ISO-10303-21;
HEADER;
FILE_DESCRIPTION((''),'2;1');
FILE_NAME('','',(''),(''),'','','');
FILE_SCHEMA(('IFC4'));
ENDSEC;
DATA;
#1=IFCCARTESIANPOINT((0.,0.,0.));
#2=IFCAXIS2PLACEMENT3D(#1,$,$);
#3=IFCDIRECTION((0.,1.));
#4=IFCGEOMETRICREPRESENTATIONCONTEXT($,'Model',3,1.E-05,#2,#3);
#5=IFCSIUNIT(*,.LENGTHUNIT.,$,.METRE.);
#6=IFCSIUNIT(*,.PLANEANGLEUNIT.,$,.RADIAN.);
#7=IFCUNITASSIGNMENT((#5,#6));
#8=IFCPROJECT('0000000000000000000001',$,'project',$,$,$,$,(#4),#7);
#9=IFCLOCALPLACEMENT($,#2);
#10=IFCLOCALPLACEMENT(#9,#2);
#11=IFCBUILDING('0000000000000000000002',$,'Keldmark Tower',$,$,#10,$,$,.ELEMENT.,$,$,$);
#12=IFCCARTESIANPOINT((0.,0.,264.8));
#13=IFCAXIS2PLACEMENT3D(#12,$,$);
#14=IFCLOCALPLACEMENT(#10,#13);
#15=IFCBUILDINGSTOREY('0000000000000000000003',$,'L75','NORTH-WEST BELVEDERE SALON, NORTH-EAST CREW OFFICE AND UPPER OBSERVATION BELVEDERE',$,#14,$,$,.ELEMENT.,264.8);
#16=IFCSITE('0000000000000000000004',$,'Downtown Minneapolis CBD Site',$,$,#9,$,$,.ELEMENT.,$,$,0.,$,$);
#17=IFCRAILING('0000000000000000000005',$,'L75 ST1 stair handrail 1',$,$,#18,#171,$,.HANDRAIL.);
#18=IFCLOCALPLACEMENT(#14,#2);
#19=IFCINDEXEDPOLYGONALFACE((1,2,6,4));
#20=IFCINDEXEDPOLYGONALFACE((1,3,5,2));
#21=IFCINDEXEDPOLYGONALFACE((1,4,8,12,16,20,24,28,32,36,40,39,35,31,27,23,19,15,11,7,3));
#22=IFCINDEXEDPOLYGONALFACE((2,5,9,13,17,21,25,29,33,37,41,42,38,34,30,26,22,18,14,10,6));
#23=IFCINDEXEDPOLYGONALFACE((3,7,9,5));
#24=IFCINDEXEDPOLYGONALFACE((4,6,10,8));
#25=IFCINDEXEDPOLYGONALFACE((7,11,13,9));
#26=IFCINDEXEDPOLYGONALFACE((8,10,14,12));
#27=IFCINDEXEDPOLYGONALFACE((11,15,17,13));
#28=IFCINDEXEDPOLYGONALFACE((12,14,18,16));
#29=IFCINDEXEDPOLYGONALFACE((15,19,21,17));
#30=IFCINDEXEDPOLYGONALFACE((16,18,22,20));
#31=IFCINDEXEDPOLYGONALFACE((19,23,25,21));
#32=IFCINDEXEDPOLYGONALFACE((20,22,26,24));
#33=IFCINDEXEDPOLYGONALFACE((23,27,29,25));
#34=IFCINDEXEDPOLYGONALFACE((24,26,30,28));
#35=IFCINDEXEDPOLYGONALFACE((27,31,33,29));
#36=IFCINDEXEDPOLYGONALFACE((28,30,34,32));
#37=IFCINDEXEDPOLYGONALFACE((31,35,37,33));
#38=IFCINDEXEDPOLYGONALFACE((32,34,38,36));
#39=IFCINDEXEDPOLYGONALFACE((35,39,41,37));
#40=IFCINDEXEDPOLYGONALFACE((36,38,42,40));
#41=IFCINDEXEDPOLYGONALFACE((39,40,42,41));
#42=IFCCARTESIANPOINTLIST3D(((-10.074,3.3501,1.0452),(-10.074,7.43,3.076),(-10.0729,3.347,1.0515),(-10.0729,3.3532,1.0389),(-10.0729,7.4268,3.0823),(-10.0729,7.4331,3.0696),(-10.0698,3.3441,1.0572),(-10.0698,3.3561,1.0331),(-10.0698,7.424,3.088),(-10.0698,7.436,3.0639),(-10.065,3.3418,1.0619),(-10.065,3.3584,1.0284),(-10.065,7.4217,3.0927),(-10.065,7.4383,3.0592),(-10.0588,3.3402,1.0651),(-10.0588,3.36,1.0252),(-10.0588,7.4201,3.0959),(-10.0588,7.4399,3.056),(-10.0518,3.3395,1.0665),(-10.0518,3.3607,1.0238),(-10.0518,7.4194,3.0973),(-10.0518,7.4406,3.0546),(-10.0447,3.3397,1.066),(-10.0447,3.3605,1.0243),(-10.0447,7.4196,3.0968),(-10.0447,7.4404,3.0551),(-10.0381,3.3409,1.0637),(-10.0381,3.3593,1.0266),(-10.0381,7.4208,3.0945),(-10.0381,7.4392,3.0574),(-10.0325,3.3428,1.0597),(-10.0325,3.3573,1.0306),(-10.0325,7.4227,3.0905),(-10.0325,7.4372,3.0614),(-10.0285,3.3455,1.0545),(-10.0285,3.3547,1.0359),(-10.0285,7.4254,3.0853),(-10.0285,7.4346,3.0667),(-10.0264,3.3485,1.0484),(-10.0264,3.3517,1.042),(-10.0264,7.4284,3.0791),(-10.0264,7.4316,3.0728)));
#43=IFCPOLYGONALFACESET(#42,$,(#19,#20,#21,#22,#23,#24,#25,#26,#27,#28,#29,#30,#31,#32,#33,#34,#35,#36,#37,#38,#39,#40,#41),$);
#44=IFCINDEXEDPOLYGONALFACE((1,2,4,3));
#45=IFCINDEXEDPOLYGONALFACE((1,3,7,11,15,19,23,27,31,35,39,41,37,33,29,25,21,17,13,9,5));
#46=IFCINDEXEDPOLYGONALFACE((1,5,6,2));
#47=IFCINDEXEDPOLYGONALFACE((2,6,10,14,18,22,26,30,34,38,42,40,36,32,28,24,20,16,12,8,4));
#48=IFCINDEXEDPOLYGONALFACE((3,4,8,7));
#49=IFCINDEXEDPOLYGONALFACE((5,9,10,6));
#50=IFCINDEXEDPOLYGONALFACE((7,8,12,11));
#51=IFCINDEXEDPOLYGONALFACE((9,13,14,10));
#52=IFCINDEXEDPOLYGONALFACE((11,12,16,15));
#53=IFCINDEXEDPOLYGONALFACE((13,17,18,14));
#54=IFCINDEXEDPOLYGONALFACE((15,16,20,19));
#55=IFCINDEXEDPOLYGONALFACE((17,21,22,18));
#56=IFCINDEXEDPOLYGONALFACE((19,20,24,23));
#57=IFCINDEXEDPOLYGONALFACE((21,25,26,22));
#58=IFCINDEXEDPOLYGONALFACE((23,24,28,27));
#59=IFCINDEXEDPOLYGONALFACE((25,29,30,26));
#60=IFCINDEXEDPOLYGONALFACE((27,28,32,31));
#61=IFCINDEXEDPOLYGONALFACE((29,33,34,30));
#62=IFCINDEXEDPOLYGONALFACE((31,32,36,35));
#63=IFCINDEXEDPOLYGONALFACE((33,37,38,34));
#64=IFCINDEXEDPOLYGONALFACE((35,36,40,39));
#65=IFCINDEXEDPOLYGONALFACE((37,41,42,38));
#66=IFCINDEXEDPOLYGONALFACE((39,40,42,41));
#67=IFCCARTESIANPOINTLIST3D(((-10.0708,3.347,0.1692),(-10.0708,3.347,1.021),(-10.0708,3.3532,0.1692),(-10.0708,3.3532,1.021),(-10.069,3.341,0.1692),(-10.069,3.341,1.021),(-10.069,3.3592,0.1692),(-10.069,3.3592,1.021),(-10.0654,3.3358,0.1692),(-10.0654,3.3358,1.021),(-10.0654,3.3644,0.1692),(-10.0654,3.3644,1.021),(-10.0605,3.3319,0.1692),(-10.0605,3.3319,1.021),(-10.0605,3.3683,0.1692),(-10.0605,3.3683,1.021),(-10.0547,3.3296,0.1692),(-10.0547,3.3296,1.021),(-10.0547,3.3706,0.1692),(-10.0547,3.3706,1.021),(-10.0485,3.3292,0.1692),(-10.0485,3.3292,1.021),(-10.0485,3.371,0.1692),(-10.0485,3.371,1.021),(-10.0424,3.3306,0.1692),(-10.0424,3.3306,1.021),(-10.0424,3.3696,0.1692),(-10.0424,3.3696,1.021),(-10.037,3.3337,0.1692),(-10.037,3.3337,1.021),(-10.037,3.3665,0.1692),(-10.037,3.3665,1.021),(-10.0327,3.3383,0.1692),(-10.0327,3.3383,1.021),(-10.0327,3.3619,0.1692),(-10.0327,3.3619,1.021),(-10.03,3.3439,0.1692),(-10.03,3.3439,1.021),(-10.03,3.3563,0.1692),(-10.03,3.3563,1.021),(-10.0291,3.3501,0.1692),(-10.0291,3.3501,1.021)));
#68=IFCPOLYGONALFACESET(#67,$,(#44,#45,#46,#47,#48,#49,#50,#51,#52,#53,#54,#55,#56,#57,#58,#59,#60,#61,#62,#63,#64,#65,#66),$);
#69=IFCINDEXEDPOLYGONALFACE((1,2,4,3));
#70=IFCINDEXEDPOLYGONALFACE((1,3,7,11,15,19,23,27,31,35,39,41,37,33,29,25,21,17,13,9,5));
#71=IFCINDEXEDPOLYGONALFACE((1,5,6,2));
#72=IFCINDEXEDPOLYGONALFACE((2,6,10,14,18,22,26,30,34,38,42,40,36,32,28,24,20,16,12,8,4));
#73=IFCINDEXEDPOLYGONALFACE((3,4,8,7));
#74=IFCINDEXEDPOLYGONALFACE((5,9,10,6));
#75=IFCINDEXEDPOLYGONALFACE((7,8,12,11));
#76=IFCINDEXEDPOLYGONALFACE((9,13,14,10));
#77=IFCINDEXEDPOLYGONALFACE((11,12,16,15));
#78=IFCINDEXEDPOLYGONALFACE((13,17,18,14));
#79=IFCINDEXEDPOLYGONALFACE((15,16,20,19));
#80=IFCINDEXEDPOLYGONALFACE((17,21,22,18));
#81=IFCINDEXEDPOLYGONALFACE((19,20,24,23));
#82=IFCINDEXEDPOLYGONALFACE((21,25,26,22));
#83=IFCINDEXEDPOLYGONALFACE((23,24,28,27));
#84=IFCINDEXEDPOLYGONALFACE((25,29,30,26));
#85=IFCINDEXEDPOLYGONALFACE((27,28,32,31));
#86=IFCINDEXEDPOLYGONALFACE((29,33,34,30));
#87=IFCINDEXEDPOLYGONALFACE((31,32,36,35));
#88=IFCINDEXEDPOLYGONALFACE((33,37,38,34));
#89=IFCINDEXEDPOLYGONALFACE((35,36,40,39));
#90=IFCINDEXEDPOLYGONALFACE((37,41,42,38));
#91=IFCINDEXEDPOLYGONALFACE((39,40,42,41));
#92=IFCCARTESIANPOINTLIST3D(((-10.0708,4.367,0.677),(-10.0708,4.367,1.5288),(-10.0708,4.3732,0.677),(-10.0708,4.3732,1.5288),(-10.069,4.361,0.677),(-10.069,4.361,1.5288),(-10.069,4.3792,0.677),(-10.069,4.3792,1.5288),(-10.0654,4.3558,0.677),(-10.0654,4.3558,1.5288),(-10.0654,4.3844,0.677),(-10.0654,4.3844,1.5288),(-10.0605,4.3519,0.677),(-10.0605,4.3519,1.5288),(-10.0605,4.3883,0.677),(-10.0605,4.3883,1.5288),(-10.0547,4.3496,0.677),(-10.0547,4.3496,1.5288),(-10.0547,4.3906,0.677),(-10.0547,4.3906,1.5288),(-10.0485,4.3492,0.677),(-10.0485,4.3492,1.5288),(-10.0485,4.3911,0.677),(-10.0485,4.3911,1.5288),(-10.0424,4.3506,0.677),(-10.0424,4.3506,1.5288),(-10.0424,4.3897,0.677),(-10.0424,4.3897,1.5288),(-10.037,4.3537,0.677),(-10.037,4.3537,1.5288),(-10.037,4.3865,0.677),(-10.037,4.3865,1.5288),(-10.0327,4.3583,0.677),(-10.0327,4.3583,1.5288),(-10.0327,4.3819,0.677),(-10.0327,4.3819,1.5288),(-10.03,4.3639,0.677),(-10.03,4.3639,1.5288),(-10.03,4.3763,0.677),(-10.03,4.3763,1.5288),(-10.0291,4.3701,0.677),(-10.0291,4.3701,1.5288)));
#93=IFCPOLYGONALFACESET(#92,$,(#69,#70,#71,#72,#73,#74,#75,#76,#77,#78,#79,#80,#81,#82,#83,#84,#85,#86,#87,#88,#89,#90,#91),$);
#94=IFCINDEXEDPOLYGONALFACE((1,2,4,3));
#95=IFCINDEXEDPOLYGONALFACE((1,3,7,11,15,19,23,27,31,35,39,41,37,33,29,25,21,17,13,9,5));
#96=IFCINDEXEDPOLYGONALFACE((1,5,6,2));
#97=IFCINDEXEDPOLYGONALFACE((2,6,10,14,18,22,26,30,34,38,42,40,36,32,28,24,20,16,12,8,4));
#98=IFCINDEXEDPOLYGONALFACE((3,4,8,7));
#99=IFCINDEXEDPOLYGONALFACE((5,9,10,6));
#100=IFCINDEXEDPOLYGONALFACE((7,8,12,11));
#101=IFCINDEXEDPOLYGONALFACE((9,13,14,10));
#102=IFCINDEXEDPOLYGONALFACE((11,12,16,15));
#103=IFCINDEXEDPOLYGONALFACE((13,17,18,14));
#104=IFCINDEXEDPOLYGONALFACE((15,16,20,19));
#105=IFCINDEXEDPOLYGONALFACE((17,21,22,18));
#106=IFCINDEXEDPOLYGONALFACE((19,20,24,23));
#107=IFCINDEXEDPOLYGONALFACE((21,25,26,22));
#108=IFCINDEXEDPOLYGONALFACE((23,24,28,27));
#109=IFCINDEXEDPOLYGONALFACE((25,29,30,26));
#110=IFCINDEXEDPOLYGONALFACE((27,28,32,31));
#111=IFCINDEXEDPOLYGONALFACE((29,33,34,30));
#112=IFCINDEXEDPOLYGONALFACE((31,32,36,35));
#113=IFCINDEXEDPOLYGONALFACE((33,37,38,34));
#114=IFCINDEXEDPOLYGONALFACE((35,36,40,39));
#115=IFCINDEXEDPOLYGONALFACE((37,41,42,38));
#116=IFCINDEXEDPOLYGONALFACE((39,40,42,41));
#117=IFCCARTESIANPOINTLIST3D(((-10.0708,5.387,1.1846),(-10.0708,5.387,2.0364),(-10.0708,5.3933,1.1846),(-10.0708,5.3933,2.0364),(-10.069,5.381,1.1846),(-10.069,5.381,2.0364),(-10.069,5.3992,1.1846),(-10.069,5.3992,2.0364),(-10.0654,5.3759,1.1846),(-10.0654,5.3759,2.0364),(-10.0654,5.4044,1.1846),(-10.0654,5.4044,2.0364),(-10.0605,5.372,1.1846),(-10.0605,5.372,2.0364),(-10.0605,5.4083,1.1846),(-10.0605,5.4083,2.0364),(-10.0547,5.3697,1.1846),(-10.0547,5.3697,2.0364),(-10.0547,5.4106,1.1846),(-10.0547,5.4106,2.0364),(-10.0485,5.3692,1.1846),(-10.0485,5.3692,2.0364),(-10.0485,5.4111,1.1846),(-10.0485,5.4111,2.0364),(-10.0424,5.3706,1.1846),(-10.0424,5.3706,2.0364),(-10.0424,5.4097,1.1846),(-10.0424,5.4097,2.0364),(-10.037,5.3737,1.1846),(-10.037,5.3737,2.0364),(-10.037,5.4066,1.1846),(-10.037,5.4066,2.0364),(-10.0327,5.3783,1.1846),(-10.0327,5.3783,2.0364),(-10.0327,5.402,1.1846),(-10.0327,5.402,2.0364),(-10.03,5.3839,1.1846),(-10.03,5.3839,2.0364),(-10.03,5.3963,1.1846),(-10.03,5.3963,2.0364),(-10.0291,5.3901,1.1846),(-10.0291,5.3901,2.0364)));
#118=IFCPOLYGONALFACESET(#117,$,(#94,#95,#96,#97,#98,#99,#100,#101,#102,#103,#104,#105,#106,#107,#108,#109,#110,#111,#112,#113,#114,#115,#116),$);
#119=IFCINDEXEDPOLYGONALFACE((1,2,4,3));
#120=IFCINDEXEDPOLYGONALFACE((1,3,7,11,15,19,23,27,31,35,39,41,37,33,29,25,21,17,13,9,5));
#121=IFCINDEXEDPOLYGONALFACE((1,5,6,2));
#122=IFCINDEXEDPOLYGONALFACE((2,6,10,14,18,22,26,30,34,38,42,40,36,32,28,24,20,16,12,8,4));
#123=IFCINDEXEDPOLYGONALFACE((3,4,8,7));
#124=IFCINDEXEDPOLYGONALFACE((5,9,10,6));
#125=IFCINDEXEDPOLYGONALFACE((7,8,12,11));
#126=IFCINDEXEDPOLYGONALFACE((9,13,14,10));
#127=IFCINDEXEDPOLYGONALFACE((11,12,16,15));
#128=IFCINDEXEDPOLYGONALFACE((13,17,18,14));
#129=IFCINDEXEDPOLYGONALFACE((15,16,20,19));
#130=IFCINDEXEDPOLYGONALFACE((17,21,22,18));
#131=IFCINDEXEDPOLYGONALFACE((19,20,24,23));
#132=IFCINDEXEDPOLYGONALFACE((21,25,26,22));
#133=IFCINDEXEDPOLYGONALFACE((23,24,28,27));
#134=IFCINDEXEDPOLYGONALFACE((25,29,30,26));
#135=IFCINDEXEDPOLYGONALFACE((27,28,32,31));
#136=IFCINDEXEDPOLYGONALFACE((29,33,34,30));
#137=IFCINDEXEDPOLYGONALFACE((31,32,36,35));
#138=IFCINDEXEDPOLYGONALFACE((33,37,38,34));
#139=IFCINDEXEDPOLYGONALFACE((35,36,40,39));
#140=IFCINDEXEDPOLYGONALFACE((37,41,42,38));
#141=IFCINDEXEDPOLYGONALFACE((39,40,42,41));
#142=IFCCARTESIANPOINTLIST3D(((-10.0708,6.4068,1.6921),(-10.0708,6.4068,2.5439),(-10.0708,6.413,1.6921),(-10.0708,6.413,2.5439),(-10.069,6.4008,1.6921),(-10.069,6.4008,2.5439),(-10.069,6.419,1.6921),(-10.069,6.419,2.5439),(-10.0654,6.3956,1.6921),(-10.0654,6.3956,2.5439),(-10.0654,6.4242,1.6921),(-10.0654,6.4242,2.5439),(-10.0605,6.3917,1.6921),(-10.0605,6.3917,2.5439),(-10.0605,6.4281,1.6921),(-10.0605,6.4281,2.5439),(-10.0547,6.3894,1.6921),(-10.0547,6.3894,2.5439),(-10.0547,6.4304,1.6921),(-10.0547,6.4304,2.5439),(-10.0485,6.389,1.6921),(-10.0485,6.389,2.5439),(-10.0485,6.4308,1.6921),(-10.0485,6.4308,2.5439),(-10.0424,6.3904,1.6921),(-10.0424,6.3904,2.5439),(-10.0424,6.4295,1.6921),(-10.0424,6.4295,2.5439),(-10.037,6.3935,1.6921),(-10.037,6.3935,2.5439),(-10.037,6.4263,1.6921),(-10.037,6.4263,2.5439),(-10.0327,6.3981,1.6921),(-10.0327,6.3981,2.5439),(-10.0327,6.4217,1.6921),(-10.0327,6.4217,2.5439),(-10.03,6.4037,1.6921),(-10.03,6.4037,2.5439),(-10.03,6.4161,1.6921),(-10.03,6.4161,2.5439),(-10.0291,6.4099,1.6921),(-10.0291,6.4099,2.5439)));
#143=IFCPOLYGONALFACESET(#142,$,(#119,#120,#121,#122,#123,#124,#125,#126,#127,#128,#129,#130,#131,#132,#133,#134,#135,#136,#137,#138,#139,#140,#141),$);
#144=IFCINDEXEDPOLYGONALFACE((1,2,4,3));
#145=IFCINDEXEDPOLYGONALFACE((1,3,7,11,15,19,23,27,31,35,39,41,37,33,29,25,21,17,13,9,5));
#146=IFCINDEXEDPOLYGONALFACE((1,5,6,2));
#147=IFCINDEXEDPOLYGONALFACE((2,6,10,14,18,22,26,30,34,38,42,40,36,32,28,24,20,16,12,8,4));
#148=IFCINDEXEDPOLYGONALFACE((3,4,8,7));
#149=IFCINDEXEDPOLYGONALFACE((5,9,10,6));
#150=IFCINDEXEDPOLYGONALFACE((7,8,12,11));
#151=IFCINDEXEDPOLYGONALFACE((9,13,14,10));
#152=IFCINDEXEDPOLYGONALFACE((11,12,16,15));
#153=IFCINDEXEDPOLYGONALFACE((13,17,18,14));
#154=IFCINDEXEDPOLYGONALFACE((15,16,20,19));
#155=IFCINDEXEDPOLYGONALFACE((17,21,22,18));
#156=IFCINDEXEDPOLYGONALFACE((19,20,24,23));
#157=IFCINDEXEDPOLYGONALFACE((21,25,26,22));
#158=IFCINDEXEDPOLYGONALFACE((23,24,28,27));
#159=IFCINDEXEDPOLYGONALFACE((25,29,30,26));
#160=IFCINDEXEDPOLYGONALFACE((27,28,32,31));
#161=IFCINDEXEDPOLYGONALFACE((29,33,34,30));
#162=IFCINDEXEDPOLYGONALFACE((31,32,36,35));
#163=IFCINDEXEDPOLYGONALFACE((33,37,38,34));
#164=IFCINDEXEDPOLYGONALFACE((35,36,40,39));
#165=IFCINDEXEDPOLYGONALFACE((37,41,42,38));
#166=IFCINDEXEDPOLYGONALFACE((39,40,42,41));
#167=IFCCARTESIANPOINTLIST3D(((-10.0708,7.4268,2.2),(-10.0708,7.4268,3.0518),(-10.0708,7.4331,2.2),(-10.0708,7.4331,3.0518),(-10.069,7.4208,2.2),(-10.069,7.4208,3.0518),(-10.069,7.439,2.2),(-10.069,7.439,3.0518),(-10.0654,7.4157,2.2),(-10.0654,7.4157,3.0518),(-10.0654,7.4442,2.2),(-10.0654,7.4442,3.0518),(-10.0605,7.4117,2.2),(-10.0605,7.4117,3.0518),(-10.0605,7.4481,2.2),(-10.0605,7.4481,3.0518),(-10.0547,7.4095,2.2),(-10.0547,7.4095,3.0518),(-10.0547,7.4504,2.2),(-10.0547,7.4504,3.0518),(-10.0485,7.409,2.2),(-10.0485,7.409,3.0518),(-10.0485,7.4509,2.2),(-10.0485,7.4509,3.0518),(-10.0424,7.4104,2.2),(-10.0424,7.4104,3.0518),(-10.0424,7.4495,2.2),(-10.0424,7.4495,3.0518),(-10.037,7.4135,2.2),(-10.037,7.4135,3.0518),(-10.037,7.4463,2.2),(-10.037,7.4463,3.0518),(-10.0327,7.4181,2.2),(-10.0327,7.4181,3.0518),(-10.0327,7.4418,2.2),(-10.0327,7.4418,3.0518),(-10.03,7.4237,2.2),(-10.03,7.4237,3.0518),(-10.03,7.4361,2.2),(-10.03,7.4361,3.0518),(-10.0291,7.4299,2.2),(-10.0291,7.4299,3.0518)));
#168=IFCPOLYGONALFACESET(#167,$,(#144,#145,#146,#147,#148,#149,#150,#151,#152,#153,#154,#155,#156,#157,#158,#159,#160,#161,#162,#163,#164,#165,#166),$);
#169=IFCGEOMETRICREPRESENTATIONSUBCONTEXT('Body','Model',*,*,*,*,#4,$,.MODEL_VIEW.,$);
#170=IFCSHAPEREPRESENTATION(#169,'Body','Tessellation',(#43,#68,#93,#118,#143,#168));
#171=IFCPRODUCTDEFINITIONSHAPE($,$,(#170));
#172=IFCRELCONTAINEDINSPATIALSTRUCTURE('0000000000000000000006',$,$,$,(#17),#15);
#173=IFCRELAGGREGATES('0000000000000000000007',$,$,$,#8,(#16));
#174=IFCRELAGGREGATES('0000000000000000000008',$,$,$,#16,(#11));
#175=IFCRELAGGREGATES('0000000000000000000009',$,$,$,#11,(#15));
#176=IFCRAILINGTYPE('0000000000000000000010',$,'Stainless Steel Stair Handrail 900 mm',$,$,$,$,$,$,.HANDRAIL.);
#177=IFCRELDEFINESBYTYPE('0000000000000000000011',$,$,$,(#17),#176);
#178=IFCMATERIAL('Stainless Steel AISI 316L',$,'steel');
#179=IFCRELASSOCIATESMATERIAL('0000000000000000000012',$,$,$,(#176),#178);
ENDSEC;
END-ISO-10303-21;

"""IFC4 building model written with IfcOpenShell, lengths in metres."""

from ifc_helpers import new_model, si_unit, direction, frame, origin, origin_2d, place, context, subcontext, project, spatial, circle, extrude, material, type_object, element, save


model = new_model("IFC4")

# Units and contexts
model_context = context("Model", 3, precision=1e-05, world=origin(), true_north=direction((0.0, 1.0)))
body_context = subcontext(model_context, "Body", "Model", "MODEL_VIEW")
ifc_project = project(units=[si_unit("LENGTHUNIT", "METRE"), si_unit("PLANEANGLEUNIT", "RADIAN")], contexts=[model_context])

# Site, building, storey
site_placement = place(None, origin())
site = spatial("IfcSite", under=ifc_project, at=site_placement, Name="Downtown Minneapolis CBD Site", CompositionType="ELEMENT", RefElevation=0.0)
building_placement = place(site_placement, origin())
building = spatial("IfcBuilding", under=site, at=building_placement, Name="Keldmark Tower", CompositionType="ELEMENT")
storey_placement = place(building_placement, frame((0.0, 0.0, 264.8)))
storey = spatial("IfcBuildingStorey", under=building, at=storey_placement, Name="L75", Description="NORTH-WEST BELVEDERE SALON, NORTH-EAST CREW OFFICE AND UPPER OBSERVATION BELVEDERE", CompositionType="ELEMENT", Elevation=264.8)

# Railing
ifc_material_1 = material(Name="Stainless Steel AISI 316L", Category="steel")
railing_type = type_object("IfcRailingType", Name="Stainless Steel Stair Handrail 900 mm", PredefinedType="HANDRAIL", material=ifc_material_1)
railing_placement = place(storey_placement, frame((-10.05, 3.3501, 0.1692)))
element("IfcRailing", 1, at=railing_placement, inside=storey, type_object=railing_type, Name="L75 ST1 stair handrail 1", PredefinedType="HANDRAIL", context=body_context, shape_type="SweptSolid", body=[
    extrude(circle(Radius=0.0239, at=origin_2d()), frame((0.0, 0.0, 0.876), z_axis=(0.0, 0.895229, 0.445606), x_axis=(-1.0, 0.0, 0.0)), (0.0, 0.0, 1.0), 4.5574),
    extrude(circle(Radius=0.021, at=origin_2d()), origin(), (0.0, 0.0, 1.0), 0.8518),
    extrude(circle(Radius=0.021, at=origin_2d()), frame((0.0, 1.02, 0.5078)), (0.0, 0.0, 1.0), 0.8518),
    extrude(circle(Radius=0.021, at=origin_2d()), frame((0.0, 2.04, 1.0154)), (0.0, 0.0, 1.0), 0.8518),
    extrude(circle(Radius=0.021, at=origin_2d()), frame((0.0, 3.0598, 1.5229)), (0.0, 0.0, 1.0), 0.8518),
    extrude(circle(Radius=0.021, at=origin_2d()), frame((0.0, 4.0798, 2.0308)), (0.0, 0.0, 1.0), 0.8518),
])

save(model, "model.ifc")
